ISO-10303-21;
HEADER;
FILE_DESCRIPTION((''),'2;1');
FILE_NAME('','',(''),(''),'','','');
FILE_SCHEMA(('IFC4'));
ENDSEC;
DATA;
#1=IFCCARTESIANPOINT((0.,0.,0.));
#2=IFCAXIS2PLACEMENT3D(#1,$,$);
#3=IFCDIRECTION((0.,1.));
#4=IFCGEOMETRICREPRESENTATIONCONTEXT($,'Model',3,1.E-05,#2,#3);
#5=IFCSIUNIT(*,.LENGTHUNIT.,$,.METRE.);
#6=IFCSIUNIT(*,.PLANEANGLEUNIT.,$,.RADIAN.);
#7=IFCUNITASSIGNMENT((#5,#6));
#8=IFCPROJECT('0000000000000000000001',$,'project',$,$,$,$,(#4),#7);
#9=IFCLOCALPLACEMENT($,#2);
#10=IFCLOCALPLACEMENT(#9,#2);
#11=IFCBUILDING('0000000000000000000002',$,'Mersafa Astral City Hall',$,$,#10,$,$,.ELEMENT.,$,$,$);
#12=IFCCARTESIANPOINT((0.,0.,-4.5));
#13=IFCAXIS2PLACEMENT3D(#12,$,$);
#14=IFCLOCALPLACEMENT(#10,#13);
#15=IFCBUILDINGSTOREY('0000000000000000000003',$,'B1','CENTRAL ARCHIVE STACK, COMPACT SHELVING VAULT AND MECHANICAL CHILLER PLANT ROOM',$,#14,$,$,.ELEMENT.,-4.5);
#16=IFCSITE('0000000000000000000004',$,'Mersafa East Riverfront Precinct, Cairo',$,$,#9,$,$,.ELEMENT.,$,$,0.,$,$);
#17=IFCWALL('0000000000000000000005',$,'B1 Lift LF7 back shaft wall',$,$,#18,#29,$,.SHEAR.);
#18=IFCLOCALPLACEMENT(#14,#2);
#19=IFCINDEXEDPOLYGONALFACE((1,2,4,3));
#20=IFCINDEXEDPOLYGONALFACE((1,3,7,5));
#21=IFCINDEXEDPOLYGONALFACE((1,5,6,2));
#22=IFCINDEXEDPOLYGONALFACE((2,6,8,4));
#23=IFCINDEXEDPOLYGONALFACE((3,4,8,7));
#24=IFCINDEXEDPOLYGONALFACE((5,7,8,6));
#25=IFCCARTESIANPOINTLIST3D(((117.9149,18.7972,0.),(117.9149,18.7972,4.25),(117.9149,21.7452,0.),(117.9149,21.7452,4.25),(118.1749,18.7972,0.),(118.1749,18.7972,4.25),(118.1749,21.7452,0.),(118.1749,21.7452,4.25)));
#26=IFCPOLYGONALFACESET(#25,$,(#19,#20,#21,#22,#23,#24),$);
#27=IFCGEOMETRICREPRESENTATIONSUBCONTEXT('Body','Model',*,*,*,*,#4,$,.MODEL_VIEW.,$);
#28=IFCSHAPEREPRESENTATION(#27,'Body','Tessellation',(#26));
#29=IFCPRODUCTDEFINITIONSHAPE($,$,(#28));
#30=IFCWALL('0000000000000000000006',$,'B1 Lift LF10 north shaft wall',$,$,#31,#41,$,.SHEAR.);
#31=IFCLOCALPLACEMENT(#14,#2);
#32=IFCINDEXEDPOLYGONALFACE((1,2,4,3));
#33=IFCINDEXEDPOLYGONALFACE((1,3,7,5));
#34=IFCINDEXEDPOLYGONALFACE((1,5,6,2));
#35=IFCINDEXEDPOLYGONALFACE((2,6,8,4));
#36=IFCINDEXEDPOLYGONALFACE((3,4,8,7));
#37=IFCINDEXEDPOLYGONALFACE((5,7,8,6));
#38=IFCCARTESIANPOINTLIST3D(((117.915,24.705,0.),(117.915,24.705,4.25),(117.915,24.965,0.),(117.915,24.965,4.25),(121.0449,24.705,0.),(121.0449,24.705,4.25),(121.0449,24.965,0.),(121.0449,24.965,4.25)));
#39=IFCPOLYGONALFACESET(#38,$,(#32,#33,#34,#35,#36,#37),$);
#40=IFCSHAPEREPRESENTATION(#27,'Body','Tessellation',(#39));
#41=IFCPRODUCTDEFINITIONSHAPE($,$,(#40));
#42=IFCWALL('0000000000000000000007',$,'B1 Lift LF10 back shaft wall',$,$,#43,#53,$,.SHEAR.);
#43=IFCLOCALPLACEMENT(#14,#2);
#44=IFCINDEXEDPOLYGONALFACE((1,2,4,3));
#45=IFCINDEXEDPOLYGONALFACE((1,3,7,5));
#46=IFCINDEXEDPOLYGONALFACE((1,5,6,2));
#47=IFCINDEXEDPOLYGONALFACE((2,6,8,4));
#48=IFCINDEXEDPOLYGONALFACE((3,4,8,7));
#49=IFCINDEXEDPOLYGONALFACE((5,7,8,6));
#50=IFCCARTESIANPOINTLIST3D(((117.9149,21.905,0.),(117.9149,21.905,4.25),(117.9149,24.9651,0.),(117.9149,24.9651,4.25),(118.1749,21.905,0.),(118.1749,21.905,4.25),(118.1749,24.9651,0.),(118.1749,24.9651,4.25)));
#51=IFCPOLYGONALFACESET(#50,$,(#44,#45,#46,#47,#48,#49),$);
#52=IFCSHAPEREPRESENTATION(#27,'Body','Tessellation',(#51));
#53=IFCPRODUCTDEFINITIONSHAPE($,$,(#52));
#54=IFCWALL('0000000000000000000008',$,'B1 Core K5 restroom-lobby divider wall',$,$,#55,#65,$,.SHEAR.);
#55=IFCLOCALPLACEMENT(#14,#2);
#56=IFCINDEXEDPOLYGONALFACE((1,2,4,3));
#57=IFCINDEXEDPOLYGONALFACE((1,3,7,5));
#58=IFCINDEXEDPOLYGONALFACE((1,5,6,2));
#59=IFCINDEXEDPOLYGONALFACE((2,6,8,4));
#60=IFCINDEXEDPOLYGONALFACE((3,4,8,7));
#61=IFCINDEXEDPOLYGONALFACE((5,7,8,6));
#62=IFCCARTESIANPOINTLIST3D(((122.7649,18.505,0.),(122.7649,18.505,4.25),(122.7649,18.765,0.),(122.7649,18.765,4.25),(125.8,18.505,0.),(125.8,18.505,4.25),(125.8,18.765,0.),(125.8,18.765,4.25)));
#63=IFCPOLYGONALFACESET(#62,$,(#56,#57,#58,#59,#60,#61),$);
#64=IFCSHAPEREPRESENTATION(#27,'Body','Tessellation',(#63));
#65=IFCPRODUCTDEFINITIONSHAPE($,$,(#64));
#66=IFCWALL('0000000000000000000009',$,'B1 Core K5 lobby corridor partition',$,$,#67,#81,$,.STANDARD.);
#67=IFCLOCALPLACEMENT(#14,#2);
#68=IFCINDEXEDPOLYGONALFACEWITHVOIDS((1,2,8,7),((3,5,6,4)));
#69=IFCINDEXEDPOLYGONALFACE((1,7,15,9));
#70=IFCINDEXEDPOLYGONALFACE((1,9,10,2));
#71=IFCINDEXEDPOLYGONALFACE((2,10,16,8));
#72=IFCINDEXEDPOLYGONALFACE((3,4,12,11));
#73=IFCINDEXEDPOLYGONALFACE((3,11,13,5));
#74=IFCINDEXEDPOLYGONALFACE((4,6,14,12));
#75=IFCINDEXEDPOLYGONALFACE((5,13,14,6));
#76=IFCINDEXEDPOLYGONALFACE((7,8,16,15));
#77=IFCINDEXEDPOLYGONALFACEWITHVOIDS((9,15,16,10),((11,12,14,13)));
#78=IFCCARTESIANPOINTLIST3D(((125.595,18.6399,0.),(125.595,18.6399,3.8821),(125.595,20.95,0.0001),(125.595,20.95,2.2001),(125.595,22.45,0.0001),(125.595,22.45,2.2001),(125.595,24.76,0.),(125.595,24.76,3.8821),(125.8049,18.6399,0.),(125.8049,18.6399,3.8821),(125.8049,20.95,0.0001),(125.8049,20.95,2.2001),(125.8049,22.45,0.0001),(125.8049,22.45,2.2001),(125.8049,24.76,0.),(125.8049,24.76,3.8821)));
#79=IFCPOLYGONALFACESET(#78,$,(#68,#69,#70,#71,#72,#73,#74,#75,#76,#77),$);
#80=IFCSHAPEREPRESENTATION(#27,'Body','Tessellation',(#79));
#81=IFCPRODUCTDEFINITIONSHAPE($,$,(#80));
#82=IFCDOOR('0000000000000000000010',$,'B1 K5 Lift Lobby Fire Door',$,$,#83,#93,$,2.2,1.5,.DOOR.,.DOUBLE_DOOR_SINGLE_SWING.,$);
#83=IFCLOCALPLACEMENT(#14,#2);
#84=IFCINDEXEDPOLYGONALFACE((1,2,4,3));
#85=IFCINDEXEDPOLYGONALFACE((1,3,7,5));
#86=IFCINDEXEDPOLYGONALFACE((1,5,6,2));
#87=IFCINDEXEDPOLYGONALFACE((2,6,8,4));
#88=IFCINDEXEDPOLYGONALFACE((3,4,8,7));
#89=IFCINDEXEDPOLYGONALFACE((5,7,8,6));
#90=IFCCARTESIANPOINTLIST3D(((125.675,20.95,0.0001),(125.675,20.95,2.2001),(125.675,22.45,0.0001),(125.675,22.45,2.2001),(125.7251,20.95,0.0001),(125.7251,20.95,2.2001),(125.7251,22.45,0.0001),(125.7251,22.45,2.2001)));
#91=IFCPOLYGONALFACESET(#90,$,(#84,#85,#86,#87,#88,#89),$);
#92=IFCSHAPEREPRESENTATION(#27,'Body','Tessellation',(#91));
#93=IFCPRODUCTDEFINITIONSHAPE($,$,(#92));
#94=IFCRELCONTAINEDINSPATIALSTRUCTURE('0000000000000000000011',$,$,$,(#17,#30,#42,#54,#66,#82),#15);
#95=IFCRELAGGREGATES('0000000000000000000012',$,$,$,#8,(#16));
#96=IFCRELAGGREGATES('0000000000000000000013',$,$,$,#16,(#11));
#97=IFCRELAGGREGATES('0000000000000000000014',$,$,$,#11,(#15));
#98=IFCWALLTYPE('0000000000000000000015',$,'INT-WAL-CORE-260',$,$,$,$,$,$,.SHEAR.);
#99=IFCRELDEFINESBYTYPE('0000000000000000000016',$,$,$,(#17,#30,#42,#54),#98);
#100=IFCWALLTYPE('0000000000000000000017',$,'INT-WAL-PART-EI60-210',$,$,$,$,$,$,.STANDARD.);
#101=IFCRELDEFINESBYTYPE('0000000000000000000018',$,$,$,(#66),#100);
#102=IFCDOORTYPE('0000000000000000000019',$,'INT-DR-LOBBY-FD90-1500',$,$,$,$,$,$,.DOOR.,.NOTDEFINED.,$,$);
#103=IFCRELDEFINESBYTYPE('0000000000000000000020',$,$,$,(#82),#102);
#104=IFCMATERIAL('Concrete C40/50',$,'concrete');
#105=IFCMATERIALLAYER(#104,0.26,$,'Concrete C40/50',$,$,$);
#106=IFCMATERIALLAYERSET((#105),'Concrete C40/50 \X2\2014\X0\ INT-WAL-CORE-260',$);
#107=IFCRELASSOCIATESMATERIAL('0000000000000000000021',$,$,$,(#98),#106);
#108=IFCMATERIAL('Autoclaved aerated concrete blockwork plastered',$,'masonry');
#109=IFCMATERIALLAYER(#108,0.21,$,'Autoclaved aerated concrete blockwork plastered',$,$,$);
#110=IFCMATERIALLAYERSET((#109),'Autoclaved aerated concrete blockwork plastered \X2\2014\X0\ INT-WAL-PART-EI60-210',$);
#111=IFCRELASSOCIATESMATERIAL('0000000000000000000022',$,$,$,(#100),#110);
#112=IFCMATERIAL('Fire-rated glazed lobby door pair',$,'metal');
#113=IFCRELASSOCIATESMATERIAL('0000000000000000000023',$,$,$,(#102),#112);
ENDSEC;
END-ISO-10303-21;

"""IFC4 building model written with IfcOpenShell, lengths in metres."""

from ifc_helpers import new_model, si_unit, direction, frame, frame_2d, origin, place, context, subcontext, project, spatial, rectangle, extrude, material, layer, layer_set, type_object, element, fill, save


model = new_model("IFC4")

# Units and contexts
model_context = context("Model", 3, precision=1e-05, world=origin(), true_north=direction((0.0, 1.0)))
body_context = subcontext(model_context, "Body", "Model", "MODEL_VIEW")
ifc_project = project(units=[si_unit("LENGTHUNIT", "METRE"), si_unit("PLANEANGLEUNIT", "RADIAN")], contexts=[model_context])

# Site, building, storey
site_placement = place(None, origin())
site = spatial("IfcSite", under=ifc_project, at=site_placement, Name="Mersafa East Riverfront Precinct, Cairo", CompositionType="ELEMENT", RefElevation=0.0)
building_placement = place(site_placement, origin())
building = spatial("IfcBuilding", under=site, at=building_placement, Name="Mersafa Astral City Hall", CompositionType="ELEMENT")
storey_placement = place(building_placement, frame((0.0, 0.0, -4.5)))
storey = spatial("IfcBuildingStorey", under=building, at=storey_placement, Name="B1", Description="CENTRAL ARCHIVE STACK, COMPACT SHELVING VAULT AND MECHANICAL CHILLER PLANT ROOM", CompositionType="ELEMENT", Elevation=-4.5)

# Shared definitions
ifc_material_1 = material(Name="Concrete C40/50", Category="concrete")

# Wall
ifc_layer_1 = layer(ifc_material_1, 0.26, Name="Concrete C40/50")
ifc_layer_set_1 = layer_set([ifc_layer_1], Name="Concrete C40/50 — INT-WAL-CORE-260")
wall_type_1 = type_object("IfcWallType", Name="INT-WAL-CORE-260", PredefinedType="SHEAR", material=ifc_layer_set_1)
wall_1_placement = place(storey_placement, frame((118.0449, 18.7971, 0.0), z_axis=(0.0, 0.0, 1.0), x_axis=(0.0, 1.0, 0.0)))
element("IfcWall", 1, at=wall_1_placement, inside=storey, type_object=wall_type_1, Name="B1 Lift LF7 back shaft wall", PredefinedType="SHEAR", context=body_context, shape_type="SweptSolid", body=[
    extrude(rectangle(XDim=2.948, YDim=0.26, at=frame_2d((1.4741, 0.0))), origin(), (0.0, 0.0, 1.0), 4.25),
])

# Walls
wall_2_placement = place(storey_placement, frame((117.915, 24.835, 0.0), z_axis=(0.0, 0.0, 1.0), x_axis=(1.0, 0.0, 0.0)))
element("IfcWall", 2, at=wall_2_placement, inside=storey, type_object=wall_type_1, Name="B1 Lift LF10 north shaft wall", PredefinedType="SHEAR", context=body_context, shape_type="SweptSolid", body=[
    extrude(rectangle(XDim=3.1299, YDim=0.26, at=frame_2d((1.5649, 0.0))), origin(), (0.0, 0.0, 1.0), 4.25),
])
wall_3_placement = place(storey_placement, frame((118.0449, 21.905, 0.0), z_axis=(0.0, 0.0, 1.0), x_axis=(0.0, 1.0, 0.0)))
element("IfcWall", 3, at=wall_3_placement, inside=storey, type_object=wall_type_1, Name="B1 Lift LF10 back shaft wall", PredefinedType="SHEAR", context=body_context, shape_type="SweptSolid", body=[
    extrude(rectangle(XDim=3.0601, YDim=0.26, at=frame_2d((1.53, 0.0))), origin(), (0.0, 0.0, 1.0), 4.25),
])

# Wall
wall_4_placement = place(storey_placement, frame((122.7649, 18.635, 0.0), z_axis=(0.0, 0.0, 1.0), x_axis=(1.0, 0.0, 0.0)))
element("IfcWall", 4, at=wall_4_placement, inside=storey, type_object=wall_type_1, Name="B1 Core K5 restroom-lobby divider wall", PredefinedType="SHEAR", context=body_context, shape_type="SweptSolid", body=[
    extrude(rectangle(XDim=3.0352, YDim=0.26, at=frame_2d((1.5176, 0.0))), origin(), (0.0, 0.0, 1.0), 4.25),
])

# Wall, opening, door
ifc_material_2 = material(Name="Autoclaved aerated concrete blockwork plastered", Category="masonry")
ifc_layer_2 = layer(ifc_material_2, 0.21, Name="Autoclaved aerated concrete blockwork plastered")
ifc_layer_set_2 = layer_set([ifc_layer_2], Name="Autoclaved aerated concrete blockwork plastered — INT-WAL-PART-EI60-210")
wall_type_2 = type_object("IfcWallType", Name="INT-WAL-PART-EI60-210", PredefinedType="STANDARD", material=ifc_layer_set_2)
wall_5_placement = place(storey_placement, frame((125.7, 18.6399, 0.0), z_axis=(0.0, 0.0, 1.0), x_axis=(0.0, 1.0, 0.0)))
wall_5 = element("IfcWall", 5, at=wall_5_placement, inside=storey, type_object=wall_type_2, Name="B1 Core K5 lobby corridor partition", PredefinedType="STANDARD", context=body_context, shape_type="SweptSolid", body=[
    extrude(rectangle(XDim=6.1201, YDim=0.21, at=frame_2d((3.0601, 0.0))), origin(), (0.0, 0.0, 1.0), 3.8821),
])
opening_1_placement = place(wall_5_placement, frame((2.3101, 0.0, 0.0)))
opening_1 = element("IfcOpeningElement", 6, at=opening_1_placement, cuts=wall_5, PredefinedType="OPENING", context=body_context, shape_type="SweptSolid", body=[
    extrude(rectangle(XDim=1.5, YDim=2.2, at=frame_2d((0.75, 1.1001))), frame((0.0, 0.115, 0.0), z_axis=(0.0, -1.0, 0.0), x_axis=(1.0, 0.0, 0.0)), (0.0, 0.0, 1.0), 0.23),
])
ifc_material_3 = material(Name="Fire-rated glazed lobby door pair", Category="metal")
door_type_1 = type_object("IfcDoorType", Name="INT-DR-LOBBY-FD90-1500", OperationType="NOTDEFINED", PredefinedType="DOOR", material=ifc_material_3)
door_1_placement = place(opening_1_placement, origin())
door_1 = element("IfcDoor", 7, at=door_1_placement, inside=storey, type_object=door_type_1, Name="B1 K5 Lift Lobby Fire Door", OperationType="DOUBLE_DOOR_SINGLE_SWING", OverallHeight=2.2, OverallWidth=1.5, PredefinedType="DOOR", context=body_context, shape_type="SweptSolid", body=[
    extrude(rectangle(XDim=1.5, YDim=2.2, at=frame_2d((0.75, 1.1001))), frame((0.0, 0.0249, 0.0), z_axis=(0.0, -1.0, 0.0), x_axis=(1.0, 0.0, 0.0)), (0.0, 0.0, 1.0), 0.05),
])
fill(opening_1, door_1)

save(model, "model.ifc")
